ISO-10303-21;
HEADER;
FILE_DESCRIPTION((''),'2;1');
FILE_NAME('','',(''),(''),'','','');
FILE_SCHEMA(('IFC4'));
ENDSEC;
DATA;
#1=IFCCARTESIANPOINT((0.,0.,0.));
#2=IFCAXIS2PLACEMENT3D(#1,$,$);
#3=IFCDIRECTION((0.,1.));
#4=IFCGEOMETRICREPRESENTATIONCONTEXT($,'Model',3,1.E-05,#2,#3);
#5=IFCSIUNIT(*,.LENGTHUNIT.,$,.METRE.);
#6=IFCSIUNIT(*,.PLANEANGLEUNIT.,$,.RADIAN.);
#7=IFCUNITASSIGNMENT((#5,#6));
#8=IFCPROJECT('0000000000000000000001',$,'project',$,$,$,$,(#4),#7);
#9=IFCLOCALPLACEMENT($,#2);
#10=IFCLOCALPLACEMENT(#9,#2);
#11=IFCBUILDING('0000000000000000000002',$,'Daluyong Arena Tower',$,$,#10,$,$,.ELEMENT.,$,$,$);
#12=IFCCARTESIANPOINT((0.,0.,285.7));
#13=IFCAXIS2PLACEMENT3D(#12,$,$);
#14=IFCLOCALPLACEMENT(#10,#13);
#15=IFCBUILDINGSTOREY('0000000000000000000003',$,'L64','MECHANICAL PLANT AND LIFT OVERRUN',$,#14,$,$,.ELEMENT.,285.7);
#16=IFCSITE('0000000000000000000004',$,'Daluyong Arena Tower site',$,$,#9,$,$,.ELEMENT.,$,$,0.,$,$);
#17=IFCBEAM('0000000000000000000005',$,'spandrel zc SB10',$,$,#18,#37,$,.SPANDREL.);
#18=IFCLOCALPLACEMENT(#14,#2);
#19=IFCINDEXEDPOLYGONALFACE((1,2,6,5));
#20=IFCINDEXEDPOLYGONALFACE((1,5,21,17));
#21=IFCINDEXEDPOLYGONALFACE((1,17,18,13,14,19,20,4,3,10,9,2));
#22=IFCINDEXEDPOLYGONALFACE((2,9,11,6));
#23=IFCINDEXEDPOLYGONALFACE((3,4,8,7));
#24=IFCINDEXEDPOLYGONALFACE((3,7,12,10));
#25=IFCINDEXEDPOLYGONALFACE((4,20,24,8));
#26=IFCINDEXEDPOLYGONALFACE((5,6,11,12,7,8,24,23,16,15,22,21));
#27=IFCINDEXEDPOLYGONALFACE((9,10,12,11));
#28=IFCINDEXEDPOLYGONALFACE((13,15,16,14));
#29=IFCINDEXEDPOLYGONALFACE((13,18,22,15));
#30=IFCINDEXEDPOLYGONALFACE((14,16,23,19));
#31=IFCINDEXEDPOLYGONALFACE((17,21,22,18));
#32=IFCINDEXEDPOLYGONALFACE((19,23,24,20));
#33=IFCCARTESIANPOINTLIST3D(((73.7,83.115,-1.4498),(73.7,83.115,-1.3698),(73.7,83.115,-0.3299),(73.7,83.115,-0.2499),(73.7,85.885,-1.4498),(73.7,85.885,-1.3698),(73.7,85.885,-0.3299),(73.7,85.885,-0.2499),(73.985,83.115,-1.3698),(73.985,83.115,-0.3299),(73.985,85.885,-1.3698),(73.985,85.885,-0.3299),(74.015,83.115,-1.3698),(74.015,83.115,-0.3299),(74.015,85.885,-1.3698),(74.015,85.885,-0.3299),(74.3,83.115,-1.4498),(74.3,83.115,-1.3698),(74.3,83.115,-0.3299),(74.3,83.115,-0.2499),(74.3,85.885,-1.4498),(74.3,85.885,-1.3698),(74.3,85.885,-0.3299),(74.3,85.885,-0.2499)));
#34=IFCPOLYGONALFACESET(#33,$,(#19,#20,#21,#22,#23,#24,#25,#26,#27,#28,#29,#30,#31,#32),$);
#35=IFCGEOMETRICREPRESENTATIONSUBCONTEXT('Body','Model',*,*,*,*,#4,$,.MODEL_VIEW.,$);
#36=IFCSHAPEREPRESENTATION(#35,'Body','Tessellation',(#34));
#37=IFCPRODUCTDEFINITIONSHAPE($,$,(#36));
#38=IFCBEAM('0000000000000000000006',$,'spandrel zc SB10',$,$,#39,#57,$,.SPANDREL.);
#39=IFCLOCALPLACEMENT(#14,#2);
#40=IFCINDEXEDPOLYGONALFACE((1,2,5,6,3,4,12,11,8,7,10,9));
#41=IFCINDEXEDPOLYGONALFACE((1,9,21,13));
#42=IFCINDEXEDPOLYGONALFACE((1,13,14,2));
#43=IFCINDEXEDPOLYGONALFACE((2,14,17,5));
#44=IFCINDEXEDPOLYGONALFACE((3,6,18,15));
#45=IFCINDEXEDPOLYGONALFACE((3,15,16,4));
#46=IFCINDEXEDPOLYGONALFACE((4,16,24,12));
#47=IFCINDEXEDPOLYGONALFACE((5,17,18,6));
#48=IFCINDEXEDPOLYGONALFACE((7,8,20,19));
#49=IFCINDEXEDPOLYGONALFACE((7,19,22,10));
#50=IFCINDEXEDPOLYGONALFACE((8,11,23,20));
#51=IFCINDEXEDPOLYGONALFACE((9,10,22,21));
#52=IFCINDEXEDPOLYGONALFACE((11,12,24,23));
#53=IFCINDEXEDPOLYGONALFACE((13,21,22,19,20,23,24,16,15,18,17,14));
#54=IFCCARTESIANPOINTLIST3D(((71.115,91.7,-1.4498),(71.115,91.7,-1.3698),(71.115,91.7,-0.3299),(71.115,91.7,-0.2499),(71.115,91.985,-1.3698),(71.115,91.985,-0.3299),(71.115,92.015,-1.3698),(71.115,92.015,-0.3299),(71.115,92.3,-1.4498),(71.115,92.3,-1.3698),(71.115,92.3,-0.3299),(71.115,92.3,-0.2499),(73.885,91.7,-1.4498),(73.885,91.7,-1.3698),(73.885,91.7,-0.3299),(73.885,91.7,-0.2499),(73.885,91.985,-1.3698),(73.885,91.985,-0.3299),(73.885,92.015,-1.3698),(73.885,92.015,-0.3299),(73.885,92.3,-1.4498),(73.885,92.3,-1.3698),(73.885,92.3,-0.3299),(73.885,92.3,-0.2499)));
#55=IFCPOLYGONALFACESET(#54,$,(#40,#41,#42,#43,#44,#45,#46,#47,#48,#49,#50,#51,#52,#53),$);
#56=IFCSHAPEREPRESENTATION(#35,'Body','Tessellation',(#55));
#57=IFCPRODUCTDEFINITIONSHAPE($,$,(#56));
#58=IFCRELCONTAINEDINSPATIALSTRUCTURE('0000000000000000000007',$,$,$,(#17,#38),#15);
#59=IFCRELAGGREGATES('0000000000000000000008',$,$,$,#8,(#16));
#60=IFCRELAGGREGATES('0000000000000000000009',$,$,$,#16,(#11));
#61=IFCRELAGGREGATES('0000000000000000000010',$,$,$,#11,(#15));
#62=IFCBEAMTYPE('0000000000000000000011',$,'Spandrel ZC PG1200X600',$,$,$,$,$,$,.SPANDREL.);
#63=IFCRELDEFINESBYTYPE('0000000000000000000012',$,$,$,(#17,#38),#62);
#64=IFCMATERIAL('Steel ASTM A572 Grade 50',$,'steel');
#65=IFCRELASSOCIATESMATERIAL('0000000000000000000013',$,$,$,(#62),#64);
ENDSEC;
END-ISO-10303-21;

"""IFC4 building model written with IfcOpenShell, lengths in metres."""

from ifc_helpers import new_model, si_unit, direction, frame, origin, origin_2d, place, context, subcontext, project, spatial, i_section, extrude, material, material_profile, profile_set, type_object, element, save


model = new_model("IFC4")

# Units and contexts
model_context = context("Model", 3, precision=1e-05, world=origin(), true_north=direction((0.0, 1.0)))
body_context = subcontext(model_context, "Body", "Model", "MODEL_VIEW")
ifc_project = project(units=[si_unit("LENGTHUNIT", "METRE"), si_unit("PLANEANGLEUNIT", "RADIAN")], contexts=[model_context])

# Site, building, storey
site_placement = place(None, origin())
site = spatial("IfcSite", under=ifc_project, at=site_placement, Name="Daluyong Arena Tower site", CompositionType="ELEMENT", RefElevation=0.0)
building_placement = place(site_placement, origin())
building = spatial("IfcBuilding", under=site, at=building_placement, Name="Daluyong Arena Tower", CompositionType="ELEMENT")
storey_placement = place(building_placement, frame((0.0, 0.0, 285.7)))
storey = spatial("IfcBuildingStorey", under=building, at=storey_placement, Name="L64", Description="MECHANICAL PLANT AND LIFT OVERRUN", CompositionType="ELEMENT", Elevation=285.7)

# Beams
ifc_material_1 = material(Name="Steel ASTM A572 Grade 50", Category="steel")
ifc_material_profile_1 = material_profile(ifc_material_1, i_section(OverallWidth=0.6001, OverallDepth=1.2, WebThickness=0.03, FlangeThickness=0.08, at=origin_2d()))
ifc_profile_set_1 = profile_set([ifc_material_profile_1], Name="Steel ASTM A572 Grade 50")
beam_type_1 = type_object("IfcBeamType", Name="Spandrel ZC PG1200X600", PredefinedType="SPANDREL", material=ifc_profile_set_1)
for number, where, z_axis, x_axis, name in (
    (1, (74.0, 83.115, -0.8499), (0.0, 1.0, 0.0), (-1.0, 0.0, 0.0), "spandrel zc SB10"),
    (2, (73.885, 92.0, -0.8499), (-1.0, 0.0, 0.0), (0.0, -1.0, 0.0), "spandrel zc SB10"),
):
    element("IfcBeam", number, at=place(storey_placement, frame(where, z_axis=z_axis, x_axis=x_axis)), inside=storey, type_object=beam_type_1, Name=name, PredefinedType="SPANDREL", context=body_context, shape_type="SweptSolid", body=[
        extrude(i_section(OverallWidth=0.6001, OverallDepth=1.2, WebThickness=0.03, FlangeThickness=0.08, at=origin_2d()), origin(), (0.0, 0.0, 1.0), 2.77),
    ])

save(model, "model.ifc")
